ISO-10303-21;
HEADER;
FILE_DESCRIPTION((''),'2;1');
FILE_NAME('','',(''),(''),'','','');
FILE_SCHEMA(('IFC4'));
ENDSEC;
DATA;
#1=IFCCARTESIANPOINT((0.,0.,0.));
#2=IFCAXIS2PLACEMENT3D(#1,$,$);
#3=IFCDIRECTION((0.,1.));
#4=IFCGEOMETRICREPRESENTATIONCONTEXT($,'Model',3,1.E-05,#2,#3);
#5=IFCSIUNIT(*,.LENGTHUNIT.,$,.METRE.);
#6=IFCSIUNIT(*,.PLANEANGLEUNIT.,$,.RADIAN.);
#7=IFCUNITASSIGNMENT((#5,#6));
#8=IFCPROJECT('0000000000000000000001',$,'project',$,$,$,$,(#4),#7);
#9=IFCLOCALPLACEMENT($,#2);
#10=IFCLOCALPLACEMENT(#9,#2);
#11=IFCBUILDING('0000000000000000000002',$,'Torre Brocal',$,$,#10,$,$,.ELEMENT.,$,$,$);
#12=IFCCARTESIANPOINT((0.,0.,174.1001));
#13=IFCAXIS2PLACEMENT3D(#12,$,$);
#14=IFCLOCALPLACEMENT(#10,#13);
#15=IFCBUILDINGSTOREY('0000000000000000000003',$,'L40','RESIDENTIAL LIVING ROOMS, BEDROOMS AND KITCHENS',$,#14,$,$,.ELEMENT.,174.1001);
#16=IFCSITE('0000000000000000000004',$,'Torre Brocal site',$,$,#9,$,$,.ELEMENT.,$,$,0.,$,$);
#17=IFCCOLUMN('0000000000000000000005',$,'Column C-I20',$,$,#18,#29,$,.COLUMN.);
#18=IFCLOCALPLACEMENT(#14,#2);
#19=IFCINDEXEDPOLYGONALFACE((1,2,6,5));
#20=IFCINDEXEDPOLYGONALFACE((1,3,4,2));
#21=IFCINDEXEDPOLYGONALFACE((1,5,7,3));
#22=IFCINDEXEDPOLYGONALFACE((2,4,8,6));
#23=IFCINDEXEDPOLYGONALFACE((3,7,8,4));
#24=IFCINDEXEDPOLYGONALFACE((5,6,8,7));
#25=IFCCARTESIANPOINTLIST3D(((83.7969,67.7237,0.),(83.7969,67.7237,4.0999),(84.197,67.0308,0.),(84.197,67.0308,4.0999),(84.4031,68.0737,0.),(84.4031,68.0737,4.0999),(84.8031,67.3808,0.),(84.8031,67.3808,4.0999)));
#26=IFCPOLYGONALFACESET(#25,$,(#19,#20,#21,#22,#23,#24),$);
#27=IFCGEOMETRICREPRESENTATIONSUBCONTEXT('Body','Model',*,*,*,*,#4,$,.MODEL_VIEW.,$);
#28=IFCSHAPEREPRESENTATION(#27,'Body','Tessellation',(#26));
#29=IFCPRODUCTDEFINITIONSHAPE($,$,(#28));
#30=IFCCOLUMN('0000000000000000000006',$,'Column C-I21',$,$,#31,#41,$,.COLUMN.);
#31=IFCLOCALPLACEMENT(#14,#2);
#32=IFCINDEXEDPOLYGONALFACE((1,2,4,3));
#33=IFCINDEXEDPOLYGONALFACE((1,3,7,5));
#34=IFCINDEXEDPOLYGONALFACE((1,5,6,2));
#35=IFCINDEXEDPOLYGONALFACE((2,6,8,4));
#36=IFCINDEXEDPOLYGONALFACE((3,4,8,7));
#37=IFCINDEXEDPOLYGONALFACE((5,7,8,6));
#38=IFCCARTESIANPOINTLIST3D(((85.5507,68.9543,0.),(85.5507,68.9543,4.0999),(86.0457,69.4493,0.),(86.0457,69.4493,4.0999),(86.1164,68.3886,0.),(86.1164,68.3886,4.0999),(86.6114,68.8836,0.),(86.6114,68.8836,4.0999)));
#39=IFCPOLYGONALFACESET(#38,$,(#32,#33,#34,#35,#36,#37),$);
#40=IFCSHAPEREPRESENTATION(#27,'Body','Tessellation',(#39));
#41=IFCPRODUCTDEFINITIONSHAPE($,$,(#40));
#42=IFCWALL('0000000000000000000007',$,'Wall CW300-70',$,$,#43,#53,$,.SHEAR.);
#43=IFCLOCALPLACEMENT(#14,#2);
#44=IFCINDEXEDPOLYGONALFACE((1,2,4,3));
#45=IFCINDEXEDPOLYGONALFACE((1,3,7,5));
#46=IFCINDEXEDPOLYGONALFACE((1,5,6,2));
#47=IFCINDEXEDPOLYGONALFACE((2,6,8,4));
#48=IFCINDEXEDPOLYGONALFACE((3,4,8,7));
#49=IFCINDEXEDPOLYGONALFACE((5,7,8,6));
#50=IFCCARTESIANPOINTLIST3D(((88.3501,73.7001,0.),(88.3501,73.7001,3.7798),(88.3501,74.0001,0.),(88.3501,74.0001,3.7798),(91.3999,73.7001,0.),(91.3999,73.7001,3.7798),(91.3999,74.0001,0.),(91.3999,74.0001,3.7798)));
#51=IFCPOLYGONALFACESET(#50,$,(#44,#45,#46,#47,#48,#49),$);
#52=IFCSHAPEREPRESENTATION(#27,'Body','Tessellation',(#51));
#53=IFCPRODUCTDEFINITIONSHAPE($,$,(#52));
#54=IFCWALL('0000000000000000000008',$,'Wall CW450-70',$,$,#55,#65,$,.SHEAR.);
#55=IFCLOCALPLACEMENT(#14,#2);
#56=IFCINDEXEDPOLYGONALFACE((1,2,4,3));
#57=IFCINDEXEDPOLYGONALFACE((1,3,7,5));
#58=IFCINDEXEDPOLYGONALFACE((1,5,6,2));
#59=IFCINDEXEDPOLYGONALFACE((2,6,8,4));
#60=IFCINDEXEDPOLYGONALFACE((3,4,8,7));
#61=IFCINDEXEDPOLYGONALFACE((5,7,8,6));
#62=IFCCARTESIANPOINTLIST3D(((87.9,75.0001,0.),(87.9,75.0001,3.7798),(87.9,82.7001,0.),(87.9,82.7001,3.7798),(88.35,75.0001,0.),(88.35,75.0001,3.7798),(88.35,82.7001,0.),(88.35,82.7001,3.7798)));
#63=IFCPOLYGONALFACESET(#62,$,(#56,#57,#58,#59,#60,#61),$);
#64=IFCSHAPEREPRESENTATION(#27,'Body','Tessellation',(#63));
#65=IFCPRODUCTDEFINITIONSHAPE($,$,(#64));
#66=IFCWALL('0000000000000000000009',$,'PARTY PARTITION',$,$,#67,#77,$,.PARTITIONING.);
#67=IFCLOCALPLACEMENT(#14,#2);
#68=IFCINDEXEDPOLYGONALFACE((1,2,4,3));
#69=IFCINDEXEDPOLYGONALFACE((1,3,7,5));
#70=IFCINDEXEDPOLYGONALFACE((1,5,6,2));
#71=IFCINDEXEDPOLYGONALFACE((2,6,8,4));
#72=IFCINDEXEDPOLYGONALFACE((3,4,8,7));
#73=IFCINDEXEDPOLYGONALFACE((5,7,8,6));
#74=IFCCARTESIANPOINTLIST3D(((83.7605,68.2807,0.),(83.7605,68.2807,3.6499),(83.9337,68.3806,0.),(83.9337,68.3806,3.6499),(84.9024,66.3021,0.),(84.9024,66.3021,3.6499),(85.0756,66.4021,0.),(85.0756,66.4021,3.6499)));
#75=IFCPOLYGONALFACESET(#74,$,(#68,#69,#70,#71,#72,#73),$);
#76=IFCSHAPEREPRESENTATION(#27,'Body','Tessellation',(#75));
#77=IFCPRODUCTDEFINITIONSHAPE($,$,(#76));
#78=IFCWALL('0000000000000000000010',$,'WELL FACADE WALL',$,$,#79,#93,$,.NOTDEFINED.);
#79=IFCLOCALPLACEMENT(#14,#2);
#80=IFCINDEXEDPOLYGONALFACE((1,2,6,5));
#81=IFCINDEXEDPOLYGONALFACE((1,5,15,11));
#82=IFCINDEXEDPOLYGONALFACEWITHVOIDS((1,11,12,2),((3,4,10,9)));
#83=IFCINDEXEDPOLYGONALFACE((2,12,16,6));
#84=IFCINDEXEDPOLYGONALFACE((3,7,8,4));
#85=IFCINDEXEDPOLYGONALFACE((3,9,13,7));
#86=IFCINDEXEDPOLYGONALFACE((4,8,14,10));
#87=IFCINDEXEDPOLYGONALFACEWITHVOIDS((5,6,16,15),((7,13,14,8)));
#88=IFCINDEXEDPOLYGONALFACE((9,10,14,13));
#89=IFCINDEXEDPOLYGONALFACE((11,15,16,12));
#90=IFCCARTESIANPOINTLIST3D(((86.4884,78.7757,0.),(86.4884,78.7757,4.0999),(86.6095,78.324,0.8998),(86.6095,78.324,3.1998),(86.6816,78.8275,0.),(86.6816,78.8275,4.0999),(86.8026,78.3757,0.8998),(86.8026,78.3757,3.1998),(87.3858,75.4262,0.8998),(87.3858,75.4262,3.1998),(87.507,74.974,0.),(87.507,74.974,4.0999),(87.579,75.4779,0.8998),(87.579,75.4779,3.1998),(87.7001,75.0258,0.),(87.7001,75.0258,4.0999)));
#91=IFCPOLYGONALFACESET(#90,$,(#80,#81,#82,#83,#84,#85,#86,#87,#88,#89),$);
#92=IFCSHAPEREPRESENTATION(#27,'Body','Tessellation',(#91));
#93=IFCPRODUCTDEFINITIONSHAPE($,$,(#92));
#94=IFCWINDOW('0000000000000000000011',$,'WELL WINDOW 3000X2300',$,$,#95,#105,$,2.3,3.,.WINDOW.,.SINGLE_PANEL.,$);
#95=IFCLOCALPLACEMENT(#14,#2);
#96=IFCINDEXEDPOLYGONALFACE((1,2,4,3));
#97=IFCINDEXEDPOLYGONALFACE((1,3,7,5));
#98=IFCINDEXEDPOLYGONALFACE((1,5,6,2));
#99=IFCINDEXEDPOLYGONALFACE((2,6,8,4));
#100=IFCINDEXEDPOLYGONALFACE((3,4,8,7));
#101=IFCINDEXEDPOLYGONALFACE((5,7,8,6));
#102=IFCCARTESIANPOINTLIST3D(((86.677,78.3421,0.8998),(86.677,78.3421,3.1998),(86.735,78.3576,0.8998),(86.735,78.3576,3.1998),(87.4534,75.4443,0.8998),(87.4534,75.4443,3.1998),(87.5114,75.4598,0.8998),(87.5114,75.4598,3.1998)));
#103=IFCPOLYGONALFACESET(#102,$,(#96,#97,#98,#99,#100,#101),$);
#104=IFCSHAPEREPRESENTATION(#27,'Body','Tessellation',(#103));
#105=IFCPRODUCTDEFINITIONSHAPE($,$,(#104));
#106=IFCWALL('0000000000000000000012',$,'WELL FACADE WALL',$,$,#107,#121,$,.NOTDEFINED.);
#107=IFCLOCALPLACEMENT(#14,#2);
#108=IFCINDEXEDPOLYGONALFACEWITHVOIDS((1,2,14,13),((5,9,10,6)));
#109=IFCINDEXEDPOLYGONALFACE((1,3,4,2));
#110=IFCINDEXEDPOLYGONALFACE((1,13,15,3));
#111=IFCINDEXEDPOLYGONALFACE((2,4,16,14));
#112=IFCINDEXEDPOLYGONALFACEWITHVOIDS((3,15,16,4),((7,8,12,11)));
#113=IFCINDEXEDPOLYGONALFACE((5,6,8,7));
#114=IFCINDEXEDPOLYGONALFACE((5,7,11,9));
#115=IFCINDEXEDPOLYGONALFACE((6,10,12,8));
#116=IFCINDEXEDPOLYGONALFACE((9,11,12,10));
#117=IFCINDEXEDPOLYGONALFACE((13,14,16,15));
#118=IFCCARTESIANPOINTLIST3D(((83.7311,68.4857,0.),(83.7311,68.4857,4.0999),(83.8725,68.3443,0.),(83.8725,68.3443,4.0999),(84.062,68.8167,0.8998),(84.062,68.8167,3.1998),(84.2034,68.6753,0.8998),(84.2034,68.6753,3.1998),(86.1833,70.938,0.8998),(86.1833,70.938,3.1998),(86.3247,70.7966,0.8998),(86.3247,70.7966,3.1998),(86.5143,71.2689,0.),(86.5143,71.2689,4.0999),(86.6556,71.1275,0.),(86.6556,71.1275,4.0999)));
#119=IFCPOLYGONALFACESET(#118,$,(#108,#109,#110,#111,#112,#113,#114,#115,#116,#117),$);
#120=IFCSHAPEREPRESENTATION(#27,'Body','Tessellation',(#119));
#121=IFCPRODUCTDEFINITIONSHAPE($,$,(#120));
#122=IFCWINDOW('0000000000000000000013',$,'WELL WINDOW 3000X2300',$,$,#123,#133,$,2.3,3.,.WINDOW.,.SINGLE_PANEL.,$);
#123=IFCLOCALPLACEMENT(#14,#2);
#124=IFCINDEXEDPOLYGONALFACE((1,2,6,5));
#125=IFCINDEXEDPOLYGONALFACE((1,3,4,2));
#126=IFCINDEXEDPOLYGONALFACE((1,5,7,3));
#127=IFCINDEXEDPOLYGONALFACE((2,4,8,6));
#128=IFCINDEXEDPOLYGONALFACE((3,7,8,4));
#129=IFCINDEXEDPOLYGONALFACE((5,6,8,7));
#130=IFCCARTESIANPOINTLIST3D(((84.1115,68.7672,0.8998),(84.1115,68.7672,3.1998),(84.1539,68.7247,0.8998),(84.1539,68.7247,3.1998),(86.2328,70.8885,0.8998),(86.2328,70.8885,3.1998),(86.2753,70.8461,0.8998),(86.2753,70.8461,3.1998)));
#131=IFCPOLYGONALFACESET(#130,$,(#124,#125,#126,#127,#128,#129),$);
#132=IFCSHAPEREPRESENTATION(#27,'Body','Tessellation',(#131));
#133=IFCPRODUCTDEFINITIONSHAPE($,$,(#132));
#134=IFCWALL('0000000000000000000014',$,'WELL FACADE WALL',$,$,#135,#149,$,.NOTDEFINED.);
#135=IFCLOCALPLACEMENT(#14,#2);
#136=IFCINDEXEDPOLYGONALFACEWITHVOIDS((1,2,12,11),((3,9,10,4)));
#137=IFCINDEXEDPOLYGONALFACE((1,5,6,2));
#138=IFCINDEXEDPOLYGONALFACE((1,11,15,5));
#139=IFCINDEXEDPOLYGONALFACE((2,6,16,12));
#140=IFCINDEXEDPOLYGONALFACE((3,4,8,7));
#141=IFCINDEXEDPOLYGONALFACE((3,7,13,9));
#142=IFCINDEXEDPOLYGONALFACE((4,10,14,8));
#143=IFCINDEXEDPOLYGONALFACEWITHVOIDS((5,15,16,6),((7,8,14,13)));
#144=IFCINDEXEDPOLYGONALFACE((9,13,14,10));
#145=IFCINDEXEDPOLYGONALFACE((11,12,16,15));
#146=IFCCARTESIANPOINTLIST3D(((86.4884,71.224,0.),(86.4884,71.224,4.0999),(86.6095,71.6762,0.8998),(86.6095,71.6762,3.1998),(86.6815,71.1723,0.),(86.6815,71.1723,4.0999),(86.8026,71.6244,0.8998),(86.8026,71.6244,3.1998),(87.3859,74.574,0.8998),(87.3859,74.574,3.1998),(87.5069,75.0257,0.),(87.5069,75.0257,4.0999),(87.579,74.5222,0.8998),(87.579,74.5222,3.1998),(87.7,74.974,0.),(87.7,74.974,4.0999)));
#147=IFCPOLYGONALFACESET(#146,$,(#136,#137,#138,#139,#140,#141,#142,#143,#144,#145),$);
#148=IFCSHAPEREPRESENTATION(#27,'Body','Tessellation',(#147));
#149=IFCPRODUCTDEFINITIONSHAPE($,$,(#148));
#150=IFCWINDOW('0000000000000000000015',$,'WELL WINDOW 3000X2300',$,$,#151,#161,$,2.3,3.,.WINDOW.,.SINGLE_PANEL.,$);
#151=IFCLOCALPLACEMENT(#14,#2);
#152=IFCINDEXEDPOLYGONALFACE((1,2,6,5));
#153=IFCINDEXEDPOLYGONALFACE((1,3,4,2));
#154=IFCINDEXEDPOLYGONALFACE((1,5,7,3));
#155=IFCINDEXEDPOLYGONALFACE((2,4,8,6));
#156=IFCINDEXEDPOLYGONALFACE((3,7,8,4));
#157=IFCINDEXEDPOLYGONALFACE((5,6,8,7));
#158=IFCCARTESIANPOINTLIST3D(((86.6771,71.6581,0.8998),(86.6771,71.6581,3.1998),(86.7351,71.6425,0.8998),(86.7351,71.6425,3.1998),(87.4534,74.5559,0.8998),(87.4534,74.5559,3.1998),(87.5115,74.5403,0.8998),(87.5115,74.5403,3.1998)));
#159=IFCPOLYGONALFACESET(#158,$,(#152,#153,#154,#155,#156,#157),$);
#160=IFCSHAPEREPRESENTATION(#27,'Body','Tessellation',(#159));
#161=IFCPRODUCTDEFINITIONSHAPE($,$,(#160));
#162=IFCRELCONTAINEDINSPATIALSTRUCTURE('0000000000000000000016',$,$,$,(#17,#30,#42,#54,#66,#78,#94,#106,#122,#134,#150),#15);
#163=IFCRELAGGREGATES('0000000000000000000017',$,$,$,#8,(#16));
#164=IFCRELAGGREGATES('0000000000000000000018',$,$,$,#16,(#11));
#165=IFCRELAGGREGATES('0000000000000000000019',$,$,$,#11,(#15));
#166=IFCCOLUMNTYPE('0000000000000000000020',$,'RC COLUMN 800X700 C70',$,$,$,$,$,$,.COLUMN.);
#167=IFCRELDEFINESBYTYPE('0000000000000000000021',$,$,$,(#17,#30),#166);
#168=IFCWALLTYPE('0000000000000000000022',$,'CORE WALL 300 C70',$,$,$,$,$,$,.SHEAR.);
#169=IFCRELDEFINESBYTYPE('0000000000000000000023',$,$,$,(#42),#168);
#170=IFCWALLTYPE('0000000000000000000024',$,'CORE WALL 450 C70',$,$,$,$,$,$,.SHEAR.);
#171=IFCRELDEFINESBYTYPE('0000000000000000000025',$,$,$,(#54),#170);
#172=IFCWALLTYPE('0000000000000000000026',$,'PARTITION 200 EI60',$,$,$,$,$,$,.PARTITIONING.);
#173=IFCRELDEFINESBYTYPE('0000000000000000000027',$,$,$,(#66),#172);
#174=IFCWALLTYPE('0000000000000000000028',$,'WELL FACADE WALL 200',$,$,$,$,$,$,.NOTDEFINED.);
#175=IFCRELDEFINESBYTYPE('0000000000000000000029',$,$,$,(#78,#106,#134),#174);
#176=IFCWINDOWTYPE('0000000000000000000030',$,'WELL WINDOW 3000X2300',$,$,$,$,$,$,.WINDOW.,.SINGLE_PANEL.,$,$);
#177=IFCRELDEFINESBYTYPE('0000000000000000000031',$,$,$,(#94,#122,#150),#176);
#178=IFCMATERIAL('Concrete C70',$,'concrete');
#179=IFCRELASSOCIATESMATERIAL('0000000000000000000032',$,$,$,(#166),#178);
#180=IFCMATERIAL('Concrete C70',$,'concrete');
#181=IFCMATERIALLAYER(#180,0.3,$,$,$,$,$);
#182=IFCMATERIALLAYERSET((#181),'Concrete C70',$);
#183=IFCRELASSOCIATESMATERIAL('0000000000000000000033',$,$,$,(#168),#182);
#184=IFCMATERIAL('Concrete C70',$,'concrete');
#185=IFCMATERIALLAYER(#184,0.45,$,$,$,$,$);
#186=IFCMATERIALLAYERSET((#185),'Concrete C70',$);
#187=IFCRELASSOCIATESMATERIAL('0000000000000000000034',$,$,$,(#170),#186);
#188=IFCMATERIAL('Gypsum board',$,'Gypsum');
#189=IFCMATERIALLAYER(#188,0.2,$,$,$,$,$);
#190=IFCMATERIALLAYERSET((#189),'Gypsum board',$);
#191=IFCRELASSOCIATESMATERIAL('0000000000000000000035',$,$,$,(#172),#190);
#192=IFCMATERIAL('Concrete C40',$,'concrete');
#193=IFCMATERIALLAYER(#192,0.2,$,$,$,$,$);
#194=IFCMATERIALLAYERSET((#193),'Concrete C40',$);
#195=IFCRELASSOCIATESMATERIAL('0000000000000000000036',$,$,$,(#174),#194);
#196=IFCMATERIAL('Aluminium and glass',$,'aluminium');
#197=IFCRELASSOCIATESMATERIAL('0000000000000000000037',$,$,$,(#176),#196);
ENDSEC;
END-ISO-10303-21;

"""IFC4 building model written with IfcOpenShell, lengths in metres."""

from ifc_helpers import new_model, si_unit, direction, frame, frame_2d, origin, origin_2d, place, context, subcontext, project, spatial, rectangle, extrude, material, layer, layer_set, material_profile, profile_set, type_object, element, fill, save


model = new_model("IFC4")

# Units and contexts
model_context = context("Model", 3, precision=1e-05, world=origin(), true_north=direction((0.0, 1.0)))
body_context = subcontext(model_context, "Body", "Model", "MODEL_VIEW")
ifc_project = project(units=[si_unit("LENGTHUNIT", "METRE"), si_unit("PLANEANGLEUNIT", "RADIAN")], contexts=[model_context])

# Site, building, storey
site_placement = place(None, origin())
site = spatial("IfcSite", under=ifc_project, at=site_placement, Name="Torre Brocal site", CompositionType="ELEMENT", RefElevation=0.0)
building_placement = place(site_placement, origin())
building = spatial("IfcBuilding", under=site, at=building_placement, Name="Torre Brocal", CompositionType="ELEMENT")
storey_placement = place(building_placement, frame((0.0, 0.0, 174.1001)))
storey = spatial("IfcBuildingStorey", under=building, at=storey_placement, Name="L40", Description="RESIDENTIAL LIVING ROOMS, BEDROOMS AND KITCHENS", CompositionType="ELEMENT", Elevation=174.1001)

# Columns
ifc_material_1 = material(Name="Concrete C70", Category="concrete")
ifc_material_profile = material_profile(ifc_material_1, rectangle(XDim=0.8, YDim=0.7, at=origin_2d()), Name="RC 800X700")
ifc_profile_set = profile_set([ifc_material_profile], Name="Concrete C70")
column_type = type_object("IfcColumnType", Name="RC COLUMN 800X700 C70", PredefinedType="COLUMN", material=ifc_profile_set)
for number, where, z_axis, x_axis, name in (
    (1, (84.3, 67.5522, 0.0), (0.0, 0.0, 1.0), (0.5, -0.866025, 0.0), "Column C-I20"),
    (2, (86.0811, 68.9189, 0.0), (0.0, 0.0, 1.0), (0.707107, -0.707107, 0.0), "Column C-I21"),
):
    element("IfcColumn", number, at=place(storey_placement, frame(where, z_axis=z_axis, x_axis=x_axis)), inside=storey, type_object=column_type, Name=name, PredefinedType="COLUMN", context=body_context, shape_type="SweptSolid", body=[
        extrude(rectangle(XDim=0.8, YDim=0.7, at=origin_2d()), origin(), (0.0, 0.0, 1.0), 4.0999),
    ])

# Walls
ifc_material_2 = material(Name="Concrete C70", Category="concrete")
ifc_layer_1 = layer(ifc_material_2, 0.3)
ifc_layer_set_1 = layer_set([ifc_layer_1], Name="Concrete C70")
wall_type_1 = type_object("IfcWallType", Name="CORE WALL 300 C70", PredefinedType="SHEAR", material=ifc_layer_set_1)
wall_1_placement = place(storey_placement, frame((88.3501, 73.8501, 0.0), z_axis=(0.0, 0.0, 1.0), x_axis=(1.0, 0.0, 0.0)))
element("IfcWall", 3, at=wall_1_placement, inside=storey, type_object=wall_type_1, Name="Wall CW300-70", PredefinedType="SHEAR", context=body_context, shape_type="SweptSolid", body=[
    extrude(rectangle(XDim=3.0498, YDim=0.3, at=frame_2d((1.5249, 0.0))), origin(), (0.0, 0.0, 1.0), 3.7798),
])
ifc_material_3 = material(Name="Concrete C70", Category="concrete")
ifc_layer_2 = layer(ifc_material_3, 0.45)
ifc_layer_set_2 = layer_set([ifc_layer_2], Name="Concrete C70")
wall_type_2 = type_object("IfcWallType", Name="CORE WALL 450 C70", PredefinedType="SHEAR", material=ifc_layer_set_2)
wall_2_placement = place(storey_placement, frame((88.125, 75.0, 0.0), z_axis=(0.0, 0.0, 1.0), x_axis=(0.0, 1.0, 0.0)))
element("IfcWall", 4, at=wall_2_placement, inside=storey, type_object=wall_type_2, Name="Wall CW450-70", PredefinedType="SHEAR", context=body_context, shape_type="SweptSolid", body=[
    extrude(rectangle(XDim=7.7, YDim=0.45, at=frame_2d((3.8501, 0.0))), origin(), (0.0, 0.0, 1.0), 3.7798),
])
ifc_material_4 = material(Name="Gypsum board", Category="Gypsum")
ifc_layer_3 = layer(ifc_material_4, 0.2)
ifc_layer_set_3 = layer_set([ifc_layer_3], Name="Gypsum board")
wall_type_3 = type_object("IfcWallType", Name="PARTITION 200 EI60", PredefinedType="PARTITIONING", material=ifc_layer_set_3)
wall_3_placement = place(storey_placement, frame((83.8472, 68.3306, 0.0), z_axis=(0.0, 0.0, 1.0), x_axis=(0.499852, -0.866111, 0.0)))
element("IfcWall", 5, at=wall_3_placement, inside=storey, type_object=wall_type_3, Name="PARTY PARTITION", PredefinedType="PARTITIONING", context=body_context, shape_type="SweptSolid", body=[
    extrude(rectangle(XDim=2.2844, YDim=0.2, at=frame_2d((1.1421, 0.0))), origin(), (0.0, 0.0, 1.0), 3.6499),
])

# Walls, openings, windows
ifc_material_5 = material(Name="Concrete C40", Category="concrete")
ifc_layer_4 = layer(ifc_material_5, 0.2)
ifc_layer_set_4 = layer_set([ifc_layer_4], Name="Concrete C40")
wall_type_4 = type_object("IfcWallType", Name="WELL FACADE WALL 200", PredefinedType="NOTDEFINED", material=ifc_layer_set_4)
wall_4_placement = place(storey_placement, frame((87.6035, 75.0, 0.0), z_axis=(0.0, 0.0, 1.0), x_axis=(-0.25879, 0.965934, 0.0)))
wall_4 = element("IfcWall", 6, at=wall_4_placement, inside=storey, type_object=wall_type_4, Name="WELL FACADE WALL", PredefinedType="NOTDEFINED", context=body_context, shape_type="SweptSolid", body=[
    extrude(rectangle(XDim=3.9358, YDim=0.2, at=frame_2d((1.9678, 0.0))), origin(), (0.0, 0.0, 1.0), 4.0999),
])
opening_1_placement = place(wall_4_placement, frame((0.468, 0.0, 0.8999)))
opening_1 = element("IfcOpeningElement", 7, at=opening_1_placement, cuts=wall_4, PredefinedType="OPENING", context=body_context, shape_type="SweptSolid", body=[
    extrude(rectangle(XDim=3.0, YDim=2.3, at=frame_2d((1.5, 1.1499))), frame((0.0, 0.1099, 0.0), z_axis=(0.0, -1.0, 0.0), x_axis=(1.0, 0.0, 0.0)), (0.0, 0.0, 1.0), 0.22),
])
ifc_material_6 = material(Name="Aluminium and glass", Category="aluminium")
window_type = type_object("IfcWindowType", Name="WELL WINDOW 3000X2300", PartitioningType="SINGLE_PANEL", PredefinedType="WINDOW", material=ifc_material_6)
window_1_placement = place(opening_1_placement, origin())
window_1 = element("IfcWindow", 8, at=window_1_placement, inside=storey, type_object=window_type, Name="WELL WINDOW 3000X2300", OverallHeight=2.3, OverallWidth=3.0, PartitioningType="SINGLE_PANEL", PredefinedType="WINDOW", context=body_context, shape_type="SweptSolid", body=[
    extrude(rectangle(XDim=3.0, YDim=2.3, at=frame_2d((1.5, 1.1499))), frame((0.0, 0.03, 0.0), z_axis=(0.0, -1.0, 0.0), x_axis=(1.0, 0.0, 0.0)), (0.0, 0.0, 1.0), 0.0601),
])
fill(opening_1, window_1)
wall_5_placement = place(storey_placement, frame((83.8018, 68.415, 0.0), z_axis=(0.0, 0.0, 1.0), x_axis=(0.707107, 0.707107, 0.0)))
wall_5 = element("IfcWall", 9, at=wall_5_placement, inside=storey, type_object=wall_type_4, Name="WELL FACADE WALL", PredefinedType="NOTDEFINED", context=body_context, shape_type="SweptSolid", body=[
    extrude(rectangle(XDim=3.936, YDim=0.2, at=frame_2d((1.968, 0.0))), origin(), (0.0, 0.0, 1.0), 4.0999),
])
opening_2_placement = place(wall_5_placement, frame((0.468, 0.0, 0.8999)))
opening_2 = element("IfcOpeningElement", 10, at=opening_2_placement, cuts=wall_5, PredefinedType="OPENING", context=body_context, shape_type="SweptSolid", body=[
    extrude(rectangle(XDim=3.0, YDim=2.3, at=frame_2d((1.5, 1.1499))), frame((0.0, 0.1099, 0.0), z_axis=(0.0, -1.0, 0.0), x_axis=(1.0, 0.0, 0.0)), (0.0, 0.0, 1.0), 0.22),
])
window_2_placement = place(opening_2_placement, origin())
window_2 = element("IfcWindow", 11, at=window_2_placement, inside=storey, type_object=window_type, Name="WELL WINDOW 3000X2300", OverallHeight=2.3, OverallWidth=3.0, PartitioningType="SINGLE_PANEL", PredefinedType="WINDOW", context=body_context, shape_type="SweptSolid", body=[
    extrude(rectangle(XDim=3.0, YDim=2.3, at=frame_2d((1.5, 1.1499))), frame((0.0, 0.03, 0.0), z_axis=(0.0, -1.0, 0.0), x_axis=(1.0, 0.0, 0.0)), (0.0, 0.0, 1.0), 0.0601),
])
fill(opening_2, window_2)
wall_6_placement = place(storey_placement, frame((86.585, 71.1982, 0.0), z_axis=(0.0, 0.0, 1.0), x_axis=(0.25879, 0.965934, 0.0)))
wall_6 = element("IfcWall", 12, at=wall_6_placement, inside=storey, type_object=wall_type_4, Name="WELL FACADE WALL", PredefinedType="NOTDEFINED", context=body_context, shape_type="SweptSolid", body=[
    extrude(rectangle(XDim=3.9358, YDim=0.2, at=frame_2d((1.9678, 0.0))), origin(), (0.0, 0.0, 1.0), 4.0999),
])
opening_3_placement = place(wall_6_placement, frame((0.468, 0.0, 0.8999)))
opening_3 = element("IfcOpeningElement", 13, at=opening_3_placement, cuts=wall_6, PredefinedType="OPENING", context=body_context, shape_type="SweptSolid", body=[
    extrude(rectangle(XDim=3.0, YDim=2.3, at=frame_2d((1.5, 1.1499))), frame((0.0, 0.1099, 0.0), z_axis=(0.0, -1.0, 0.0), x_axis=(1.0, 0.0, 0.0)), (0.0, 0.0, 1.0), 0.22),
])
window_3_placement = place(opening_3_placement, origin())
window_3 = element("IfcWindow", 14, at=window_3_placement, inside=storey, type_object=window_type, Name="WELL WINDOW 3000X2300", OverallHeight=2.3, OverallWidth=3.0, PartitioningType="SINGLE_PANEL", PredefinedType="WINDOW", context=body_context, shape_type="SweptSolid", body=[
    extrude(rectangle(XDim=3.0, YDim=2.3, at=frame_2d((1.5, 1.1499))), frame((0.0, 0.03, 0.0), z_axis=(0.0, -1.0, 0.0), x_axis=(1.0, 0.0, 0.0)), (0.0, 0.0, 1.0), 0.0601),
])
fill(opening_3, window_3)

save(model, "model.ifc")
